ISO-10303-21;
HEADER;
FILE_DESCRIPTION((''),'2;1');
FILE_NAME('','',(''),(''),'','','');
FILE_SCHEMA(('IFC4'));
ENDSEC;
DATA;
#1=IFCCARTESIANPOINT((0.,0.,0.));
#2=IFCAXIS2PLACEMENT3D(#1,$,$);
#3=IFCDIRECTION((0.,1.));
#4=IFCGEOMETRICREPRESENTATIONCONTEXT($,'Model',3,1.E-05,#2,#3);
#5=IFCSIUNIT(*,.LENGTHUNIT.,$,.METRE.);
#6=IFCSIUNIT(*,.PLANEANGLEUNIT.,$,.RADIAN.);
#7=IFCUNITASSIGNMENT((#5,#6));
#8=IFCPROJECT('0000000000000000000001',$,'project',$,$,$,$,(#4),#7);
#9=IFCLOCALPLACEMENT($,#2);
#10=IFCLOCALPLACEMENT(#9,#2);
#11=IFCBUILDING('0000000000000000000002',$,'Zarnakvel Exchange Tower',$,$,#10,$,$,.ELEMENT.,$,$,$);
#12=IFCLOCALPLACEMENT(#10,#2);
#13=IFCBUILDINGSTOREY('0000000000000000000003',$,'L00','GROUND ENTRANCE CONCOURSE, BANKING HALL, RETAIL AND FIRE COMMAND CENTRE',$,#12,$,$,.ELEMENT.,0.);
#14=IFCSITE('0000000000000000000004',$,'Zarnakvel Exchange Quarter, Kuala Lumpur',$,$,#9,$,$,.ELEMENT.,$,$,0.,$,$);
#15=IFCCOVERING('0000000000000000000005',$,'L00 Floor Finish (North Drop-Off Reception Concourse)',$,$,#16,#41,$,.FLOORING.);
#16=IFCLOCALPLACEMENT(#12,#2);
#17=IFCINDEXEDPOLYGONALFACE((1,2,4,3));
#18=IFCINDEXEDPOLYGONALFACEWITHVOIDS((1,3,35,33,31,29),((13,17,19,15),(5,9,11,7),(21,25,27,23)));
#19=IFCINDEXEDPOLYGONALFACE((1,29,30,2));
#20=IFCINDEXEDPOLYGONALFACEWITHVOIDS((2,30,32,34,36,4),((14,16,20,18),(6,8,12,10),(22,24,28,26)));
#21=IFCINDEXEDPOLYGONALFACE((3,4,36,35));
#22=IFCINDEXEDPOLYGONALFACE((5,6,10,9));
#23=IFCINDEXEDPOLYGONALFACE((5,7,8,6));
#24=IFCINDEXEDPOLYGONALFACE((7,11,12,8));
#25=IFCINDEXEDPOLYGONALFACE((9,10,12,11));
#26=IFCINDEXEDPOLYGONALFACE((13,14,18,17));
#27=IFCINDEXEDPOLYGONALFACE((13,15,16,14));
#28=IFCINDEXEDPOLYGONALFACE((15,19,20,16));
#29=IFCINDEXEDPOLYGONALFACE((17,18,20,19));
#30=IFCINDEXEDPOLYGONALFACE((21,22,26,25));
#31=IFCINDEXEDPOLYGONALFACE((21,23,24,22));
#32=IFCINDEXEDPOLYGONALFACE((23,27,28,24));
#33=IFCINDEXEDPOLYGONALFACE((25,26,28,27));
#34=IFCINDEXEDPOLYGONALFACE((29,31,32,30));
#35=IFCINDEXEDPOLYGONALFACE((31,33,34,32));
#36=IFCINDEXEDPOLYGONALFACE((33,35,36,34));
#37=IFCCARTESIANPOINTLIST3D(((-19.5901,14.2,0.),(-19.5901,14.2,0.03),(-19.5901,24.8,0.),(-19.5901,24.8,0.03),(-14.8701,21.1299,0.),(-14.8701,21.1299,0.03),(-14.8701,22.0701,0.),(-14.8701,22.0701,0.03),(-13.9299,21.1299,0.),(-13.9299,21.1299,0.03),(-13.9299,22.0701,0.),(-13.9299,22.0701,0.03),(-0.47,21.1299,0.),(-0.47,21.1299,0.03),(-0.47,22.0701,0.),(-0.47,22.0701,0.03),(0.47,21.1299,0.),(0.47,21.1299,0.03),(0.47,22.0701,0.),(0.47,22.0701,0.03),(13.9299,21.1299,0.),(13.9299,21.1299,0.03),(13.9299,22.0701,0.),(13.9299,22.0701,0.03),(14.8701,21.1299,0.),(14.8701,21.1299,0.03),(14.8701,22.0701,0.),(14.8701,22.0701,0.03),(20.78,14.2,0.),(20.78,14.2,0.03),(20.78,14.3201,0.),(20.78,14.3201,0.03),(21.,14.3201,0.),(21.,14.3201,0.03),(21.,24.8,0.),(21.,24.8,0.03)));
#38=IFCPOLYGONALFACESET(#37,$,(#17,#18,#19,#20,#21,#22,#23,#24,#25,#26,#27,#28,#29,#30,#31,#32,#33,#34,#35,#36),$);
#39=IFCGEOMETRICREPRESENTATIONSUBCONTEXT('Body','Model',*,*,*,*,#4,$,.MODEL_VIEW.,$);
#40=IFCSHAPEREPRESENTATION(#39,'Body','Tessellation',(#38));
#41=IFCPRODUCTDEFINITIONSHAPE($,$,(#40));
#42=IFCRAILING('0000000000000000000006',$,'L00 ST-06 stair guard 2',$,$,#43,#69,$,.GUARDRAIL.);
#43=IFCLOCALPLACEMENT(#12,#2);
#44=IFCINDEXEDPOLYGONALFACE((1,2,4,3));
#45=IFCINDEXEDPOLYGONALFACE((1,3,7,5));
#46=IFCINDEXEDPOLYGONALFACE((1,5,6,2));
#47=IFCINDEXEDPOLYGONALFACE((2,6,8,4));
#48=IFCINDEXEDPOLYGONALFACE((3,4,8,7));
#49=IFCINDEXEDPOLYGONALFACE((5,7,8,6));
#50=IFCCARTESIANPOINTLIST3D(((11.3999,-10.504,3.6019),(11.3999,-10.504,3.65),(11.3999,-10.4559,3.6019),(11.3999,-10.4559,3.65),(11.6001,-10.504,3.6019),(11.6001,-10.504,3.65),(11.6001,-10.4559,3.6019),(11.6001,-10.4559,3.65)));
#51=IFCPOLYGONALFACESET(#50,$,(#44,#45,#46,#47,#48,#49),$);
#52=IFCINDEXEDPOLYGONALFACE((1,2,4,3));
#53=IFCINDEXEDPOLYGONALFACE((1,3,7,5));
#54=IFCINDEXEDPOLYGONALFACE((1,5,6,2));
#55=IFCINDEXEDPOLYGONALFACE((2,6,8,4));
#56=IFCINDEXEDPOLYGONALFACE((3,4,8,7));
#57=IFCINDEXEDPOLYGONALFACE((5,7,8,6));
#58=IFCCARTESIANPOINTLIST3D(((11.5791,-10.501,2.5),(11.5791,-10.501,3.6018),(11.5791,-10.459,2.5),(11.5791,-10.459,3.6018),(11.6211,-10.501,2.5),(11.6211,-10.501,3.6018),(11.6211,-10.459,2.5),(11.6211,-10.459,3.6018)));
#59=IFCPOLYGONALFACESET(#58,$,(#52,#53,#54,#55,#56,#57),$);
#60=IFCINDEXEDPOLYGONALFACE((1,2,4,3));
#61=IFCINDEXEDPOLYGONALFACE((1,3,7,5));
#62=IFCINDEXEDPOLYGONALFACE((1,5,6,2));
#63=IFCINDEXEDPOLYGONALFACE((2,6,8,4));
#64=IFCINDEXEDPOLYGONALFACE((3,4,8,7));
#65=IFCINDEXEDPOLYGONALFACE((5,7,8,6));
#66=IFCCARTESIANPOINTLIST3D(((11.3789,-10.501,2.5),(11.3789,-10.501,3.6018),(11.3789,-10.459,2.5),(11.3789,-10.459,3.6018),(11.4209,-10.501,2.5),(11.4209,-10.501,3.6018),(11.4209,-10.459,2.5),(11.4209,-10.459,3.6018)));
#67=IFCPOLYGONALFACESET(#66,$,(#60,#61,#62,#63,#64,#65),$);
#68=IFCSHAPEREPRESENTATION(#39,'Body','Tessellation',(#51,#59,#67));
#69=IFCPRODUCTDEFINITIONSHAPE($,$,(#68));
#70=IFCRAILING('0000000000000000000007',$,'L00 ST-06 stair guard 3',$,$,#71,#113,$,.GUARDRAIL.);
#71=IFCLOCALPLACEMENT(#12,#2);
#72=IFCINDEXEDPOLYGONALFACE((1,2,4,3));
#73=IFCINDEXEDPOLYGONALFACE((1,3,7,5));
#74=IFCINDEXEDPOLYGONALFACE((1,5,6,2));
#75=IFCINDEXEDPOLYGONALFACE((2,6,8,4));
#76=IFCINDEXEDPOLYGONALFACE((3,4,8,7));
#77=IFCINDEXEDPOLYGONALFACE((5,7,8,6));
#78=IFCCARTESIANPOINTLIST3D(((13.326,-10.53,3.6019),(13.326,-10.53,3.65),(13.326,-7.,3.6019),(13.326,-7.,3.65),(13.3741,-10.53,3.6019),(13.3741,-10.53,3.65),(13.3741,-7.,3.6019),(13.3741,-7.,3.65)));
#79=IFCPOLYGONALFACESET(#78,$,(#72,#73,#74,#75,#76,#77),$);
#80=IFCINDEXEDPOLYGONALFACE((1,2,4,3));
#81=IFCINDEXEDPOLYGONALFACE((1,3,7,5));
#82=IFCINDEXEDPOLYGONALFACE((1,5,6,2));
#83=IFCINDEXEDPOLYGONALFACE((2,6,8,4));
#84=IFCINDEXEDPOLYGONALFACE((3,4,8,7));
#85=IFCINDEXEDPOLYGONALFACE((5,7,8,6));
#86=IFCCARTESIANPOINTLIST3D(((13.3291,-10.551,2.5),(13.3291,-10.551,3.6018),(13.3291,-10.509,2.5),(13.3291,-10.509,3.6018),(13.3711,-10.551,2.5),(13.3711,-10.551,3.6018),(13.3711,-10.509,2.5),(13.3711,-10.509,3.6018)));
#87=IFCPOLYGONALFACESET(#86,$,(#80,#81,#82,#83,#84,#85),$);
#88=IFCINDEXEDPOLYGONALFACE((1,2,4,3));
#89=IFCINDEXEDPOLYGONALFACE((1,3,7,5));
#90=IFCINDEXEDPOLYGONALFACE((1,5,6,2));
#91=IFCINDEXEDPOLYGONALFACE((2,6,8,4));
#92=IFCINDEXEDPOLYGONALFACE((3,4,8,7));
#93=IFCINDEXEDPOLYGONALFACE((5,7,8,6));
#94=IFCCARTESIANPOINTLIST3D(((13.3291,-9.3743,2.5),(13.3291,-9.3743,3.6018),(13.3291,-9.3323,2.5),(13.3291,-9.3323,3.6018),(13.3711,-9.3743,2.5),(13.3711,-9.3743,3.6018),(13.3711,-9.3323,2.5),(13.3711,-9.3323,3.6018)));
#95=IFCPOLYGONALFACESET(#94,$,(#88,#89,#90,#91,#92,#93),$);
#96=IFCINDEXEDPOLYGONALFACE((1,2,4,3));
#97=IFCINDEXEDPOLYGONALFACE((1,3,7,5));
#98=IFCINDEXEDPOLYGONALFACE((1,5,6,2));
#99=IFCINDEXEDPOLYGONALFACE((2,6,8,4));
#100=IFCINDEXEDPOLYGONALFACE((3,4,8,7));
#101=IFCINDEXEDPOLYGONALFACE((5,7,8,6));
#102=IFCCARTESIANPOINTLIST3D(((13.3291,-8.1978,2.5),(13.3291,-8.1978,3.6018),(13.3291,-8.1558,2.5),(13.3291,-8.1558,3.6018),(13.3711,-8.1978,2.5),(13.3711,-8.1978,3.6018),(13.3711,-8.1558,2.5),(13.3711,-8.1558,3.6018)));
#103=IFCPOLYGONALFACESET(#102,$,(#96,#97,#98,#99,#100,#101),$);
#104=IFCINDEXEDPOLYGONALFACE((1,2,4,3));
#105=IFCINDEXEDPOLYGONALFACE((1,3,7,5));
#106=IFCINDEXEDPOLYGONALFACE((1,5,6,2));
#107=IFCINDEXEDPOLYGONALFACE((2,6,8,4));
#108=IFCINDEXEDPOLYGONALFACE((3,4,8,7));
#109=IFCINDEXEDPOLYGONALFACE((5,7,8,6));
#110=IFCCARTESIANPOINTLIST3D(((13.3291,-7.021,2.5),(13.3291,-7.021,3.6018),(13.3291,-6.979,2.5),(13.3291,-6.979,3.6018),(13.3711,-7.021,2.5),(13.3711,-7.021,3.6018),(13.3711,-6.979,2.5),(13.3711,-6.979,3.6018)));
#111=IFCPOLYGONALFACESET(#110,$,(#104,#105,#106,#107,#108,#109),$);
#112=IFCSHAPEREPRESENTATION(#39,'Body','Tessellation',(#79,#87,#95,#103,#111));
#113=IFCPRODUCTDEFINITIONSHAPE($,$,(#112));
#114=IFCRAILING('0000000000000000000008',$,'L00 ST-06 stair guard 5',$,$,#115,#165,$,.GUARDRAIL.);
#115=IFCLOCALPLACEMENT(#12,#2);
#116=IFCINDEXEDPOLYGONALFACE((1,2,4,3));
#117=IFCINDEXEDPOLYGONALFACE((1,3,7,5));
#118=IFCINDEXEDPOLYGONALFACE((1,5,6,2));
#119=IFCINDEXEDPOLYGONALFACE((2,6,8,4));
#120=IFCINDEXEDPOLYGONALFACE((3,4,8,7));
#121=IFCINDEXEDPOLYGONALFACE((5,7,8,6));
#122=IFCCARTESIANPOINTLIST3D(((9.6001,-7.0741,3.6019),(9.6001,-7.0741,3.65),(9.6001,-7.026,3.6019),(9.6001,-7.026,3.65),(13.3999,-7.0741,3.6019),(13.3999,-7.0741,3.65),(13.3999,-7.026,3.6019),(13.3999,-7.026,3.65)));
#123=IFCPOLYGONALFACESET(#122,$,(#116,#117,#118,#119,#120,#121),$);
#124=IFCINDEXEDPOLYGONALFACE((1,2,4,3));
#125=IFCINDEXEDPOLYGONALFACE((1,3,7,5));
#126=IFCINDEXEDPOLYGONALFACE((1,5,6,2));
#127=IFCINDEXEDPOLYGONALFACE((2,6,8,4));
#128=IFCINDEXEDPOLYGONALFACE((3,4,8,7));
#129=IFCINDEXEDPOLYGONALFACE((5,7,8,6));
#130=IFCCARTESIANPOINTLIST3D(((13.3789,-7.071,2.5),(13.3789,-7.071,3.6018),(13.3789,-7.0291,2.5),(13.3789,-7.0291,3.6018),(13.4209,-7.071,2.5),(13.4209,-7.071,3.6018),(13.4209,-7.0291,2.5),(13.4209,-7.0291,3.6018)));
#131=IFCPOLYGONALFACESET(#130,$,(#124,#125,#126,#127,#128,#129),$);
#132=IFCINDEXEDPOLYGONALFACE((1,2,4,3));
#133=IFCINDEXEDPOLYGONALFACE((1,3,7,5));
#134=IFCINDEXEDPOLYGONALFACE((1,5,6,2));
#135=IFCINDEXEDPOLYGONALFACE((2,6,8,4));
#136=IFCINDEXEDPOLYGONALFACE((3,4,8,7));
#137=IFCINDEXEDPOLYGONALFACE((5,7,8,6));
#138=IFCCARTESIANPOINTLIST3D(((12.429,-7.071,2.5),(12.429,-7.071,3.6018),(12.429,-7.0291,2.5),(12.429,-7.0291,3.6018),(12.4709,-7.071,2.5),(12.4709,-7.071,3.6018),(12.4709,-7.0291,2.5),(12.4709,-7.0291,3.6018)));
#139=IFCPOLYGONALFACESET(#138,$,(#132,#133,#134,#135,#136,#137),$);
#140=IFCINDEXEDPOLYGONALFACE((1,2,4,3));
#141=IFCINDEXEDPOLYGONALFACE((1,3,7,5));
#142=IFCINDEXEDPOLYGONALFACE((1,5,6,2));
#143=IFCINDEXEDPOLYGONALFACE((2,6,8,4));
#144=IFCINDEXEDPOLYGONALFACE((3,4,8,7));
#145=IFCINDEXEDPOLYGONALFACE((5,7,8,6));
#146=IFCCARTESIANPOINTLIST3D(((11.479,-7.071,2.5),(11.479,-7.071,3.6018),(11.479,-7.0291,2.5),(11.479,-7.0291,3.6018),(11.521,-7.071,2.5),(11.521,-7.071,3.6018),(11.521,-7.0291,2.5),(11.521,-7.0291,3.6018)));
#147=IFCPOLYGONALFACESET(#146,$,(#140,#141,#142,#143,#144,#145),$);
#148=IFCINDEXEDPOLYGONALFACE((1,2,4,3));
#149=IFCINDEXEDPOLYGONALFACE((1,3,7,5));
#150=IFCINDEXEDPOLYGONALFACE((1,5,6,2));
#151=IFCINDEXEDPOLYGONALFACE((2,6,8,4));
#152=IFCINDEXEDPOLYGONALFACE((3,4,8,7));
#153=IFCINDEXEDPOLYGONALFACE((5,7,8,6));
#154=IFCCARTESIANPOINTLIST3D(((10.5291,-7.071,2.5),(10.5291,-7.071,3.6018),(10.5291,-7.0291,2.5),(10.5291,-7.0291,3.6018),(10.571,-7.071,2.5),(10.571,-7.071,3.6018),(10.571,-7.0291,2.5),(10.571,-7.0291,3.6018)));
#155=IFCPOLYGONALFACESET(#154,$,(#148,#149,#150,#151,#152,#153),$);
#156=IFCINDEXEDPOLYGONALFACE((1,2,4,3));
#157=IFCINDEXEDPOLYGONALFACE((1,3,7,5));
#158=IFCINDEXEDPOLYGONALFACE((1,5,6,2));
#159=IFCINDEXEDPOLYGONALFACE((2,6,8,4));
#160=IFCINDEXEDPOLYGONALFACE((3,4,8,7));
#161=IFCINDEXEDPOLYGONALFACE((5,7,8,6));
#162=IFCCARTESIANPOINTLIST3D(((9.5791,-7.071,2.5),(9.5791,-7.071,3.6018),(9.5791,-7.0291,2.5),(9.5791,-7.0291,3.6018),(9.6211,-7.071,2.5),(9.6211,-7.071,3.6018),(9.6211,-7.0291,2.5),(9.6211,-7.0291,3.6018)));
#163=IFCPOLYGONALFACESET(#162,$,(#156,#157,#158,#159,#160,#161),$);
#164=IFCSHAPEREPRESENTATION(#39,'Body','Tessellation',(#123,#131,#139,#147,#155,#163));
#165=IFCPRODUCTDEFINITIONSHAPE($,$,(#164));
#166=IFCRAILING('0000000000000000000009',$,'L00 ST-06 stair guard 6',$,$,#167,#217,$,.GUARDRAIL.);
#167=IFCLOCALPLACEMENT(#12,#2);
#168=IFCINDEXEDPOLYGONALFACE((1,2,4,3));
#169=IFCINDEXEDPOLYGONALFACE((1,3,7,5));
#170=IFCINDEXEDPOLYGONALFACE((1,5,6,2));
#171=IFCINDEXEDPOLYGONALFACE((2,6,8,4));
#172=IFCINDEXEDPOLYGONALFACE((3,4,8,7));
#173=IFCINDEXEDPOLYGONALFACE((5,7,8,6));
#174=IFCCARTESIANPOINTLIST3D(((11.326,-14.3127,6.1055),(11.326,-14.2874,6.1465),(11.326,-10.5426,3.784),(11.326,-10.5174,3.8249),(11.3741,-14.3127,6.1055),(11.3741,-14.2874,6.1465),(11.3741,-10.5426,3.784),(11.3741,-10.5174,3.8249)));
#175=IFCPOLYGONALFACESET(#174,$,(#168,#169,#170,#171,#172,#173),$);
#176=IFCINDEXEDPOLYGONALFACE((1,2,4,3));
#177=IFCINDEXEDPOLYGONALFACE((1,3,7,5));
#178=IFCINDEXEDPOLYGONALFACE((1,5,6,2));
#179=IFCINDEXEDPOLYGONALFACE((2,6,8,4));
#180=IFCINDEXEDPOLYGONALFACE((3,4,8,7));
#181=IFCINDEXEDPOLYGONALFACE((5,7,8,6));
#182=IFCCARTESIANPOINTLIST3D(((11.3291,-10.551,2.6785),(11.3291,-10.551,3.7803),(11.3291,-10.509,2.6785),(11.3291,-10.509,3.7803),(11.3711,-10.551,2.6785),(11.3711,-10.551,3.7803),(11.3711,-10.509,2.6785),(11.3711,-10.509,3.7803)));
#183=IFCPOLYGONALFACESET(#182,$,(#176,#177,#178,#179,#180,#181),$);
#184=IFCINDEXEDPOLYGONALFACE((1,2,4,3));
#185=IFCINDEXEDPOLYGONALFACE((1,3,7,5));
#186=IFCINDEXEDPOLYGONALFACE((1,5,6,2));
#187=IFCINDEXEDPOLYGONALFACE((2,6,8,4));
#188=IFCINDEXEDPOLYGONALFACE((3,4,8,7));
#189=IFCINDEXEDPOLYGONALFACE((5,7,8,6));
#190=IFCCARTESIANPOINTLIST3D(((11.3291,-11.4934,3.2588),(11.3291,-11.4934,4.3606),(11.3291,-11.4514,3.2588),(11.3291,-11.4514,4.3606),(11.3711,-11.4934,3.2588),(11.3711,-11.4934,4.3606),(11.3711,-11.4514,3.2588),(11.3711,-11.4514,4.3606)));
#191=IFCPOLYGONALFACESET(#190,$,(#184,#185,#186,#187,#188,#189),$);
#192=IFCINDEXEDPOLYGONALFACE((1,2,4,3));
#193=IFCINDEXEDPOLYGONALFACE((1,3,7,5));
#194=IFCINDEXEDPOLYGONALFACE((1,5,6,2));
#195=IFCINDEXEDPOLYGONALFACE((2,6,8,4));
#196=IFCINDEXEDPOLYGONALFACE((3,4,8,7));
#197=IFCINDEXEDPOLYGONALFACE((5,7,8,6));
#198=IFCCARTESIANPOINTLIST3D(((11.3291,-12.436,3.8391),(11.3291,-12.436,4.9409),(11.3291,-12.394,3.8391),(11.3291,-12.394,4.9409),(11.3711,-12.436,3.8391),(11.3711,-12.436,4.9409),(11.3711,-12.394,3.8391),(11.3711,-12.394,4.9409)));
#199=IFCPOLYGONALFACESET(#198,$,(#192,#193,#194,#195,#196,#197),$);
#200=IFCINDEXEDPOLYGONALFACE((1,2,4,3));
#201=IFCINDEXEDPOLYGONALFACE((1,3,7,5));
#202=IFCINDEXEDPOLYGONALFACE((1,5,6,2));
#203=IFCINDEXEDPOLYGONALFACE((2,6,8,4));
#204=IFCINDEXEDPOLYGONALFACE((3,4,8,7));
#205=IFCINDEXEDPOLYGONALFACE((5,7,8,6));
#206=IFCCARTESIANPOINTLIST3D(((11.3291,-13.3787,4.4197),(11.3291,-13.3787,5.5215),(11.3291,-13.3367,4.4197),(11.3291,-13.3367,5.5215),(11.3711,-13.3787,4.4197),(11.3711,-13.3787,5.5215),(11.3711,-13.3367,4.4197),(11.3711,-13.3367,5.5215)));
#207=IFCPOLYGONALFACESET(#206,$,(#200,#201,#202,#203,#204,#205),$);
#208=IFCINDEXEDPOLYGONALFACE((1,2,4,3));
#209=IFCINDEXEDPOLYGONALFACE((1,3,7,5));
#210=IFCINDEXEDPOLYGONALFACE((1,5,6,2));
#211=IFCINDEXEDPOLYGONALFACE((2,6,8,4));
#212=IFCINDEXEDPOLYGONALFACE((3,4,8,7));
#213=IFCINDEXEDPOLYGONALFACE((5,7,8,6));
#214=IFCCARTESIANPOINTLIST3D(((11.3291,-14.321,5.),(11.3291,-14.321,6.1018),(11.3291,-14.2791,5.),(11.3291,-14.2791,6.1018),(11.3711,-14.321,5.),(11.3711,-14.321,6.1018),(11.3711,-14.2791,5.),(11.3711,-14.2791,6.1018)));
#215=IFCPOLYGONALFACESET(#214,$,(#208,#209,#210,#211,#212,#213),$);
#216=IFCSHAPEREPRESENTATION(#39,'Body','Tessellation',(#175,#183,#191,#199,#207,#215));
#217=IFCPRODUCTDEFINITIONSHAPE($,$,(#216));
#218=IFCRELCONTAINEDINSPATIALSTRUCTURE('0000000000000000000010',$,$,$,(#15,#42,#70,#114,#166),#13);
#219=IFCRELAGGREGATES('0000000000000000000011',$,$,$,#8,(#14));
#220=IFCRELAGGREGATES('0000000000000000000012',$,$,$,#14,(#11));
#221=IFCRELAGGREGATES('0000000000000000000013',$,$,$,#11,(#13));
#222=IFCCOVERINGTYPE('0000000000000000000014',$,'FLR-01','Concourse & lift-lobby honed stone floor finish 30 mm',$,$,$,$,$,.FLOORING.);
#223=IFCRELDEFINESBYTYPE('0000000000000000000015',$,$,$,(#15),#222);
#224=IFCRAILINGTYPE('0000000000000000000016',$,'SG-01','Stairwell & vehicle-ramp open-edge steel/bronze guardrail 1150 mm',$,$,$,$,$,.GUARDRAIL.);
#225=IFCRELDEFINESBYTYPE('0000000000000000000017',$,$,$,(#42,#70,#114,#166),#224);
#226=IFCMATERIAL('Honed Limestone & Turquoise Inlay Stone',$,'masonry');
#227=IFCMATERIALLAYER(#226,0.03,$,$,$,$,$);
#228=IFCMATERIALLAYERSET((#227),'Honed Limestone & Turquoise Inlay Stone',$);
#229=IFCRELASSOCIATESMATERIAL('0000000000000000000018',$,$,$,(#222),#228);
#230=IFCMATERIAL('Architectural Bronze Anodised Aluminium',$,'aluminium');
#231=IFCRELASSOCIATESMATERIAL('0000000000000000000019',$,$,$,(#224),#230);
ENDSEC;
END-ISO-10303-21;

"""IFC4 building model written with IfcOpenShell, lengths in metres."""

from ifc_helpers import new_model, si_unit, direction, frame, origin, origin_2d, place, context, subcontext, project, spatial, polyline, rectangle, outline, extrude, material, layer, layer_set, type_object, element, save


model = new_model("IFC4")

# Units and contexts
model_context = context("Model", 3, precision=1e-05, world=origin(), true_north=direction((0.0, 1.0)))
body_context = subcontext(model_context, "Body", "Model", "MODEL_VIEW")
ifc_project = project(units=[si_unit("LENGTHUNIT", "METRE"), si_unit("PLANEANGLEUNIT", "RADIAN")], contexts=[model_context])

# Site, building, storey
site_placement = place(None, origin())
site = spatial("IfcSite", under=ifc_project, at=site_placement, Name="Zarnakvel Exchange Quarter, Kuala Lumpur", CompositionType="ELEMENT", RefElevation=0.0)
building_placement = place(site_placement, origin())
building = spatial("IfcBuilding", under=site, at=building_placement, Name="Zarnakvel Exchange Tower", CompositionType="ELEMENT")
storey_placement = place(building_placement, origin())
storey = spatial("IfcBuildingStorey", under=building, at=storey_placement, Name="L00", Description="GROUND ENTRANCE CONCOURSE, BANKING HALL, RETAIL AND FIRE COMMAND CENTRE", CompositionType="ELEMENT", Elevation=0.0)

# Covering
ifc_material_1 = material(Name="Honed Limestone & Turquoise Inlay Stone", Category="masonry")
ifc_layer_1 = layer(ifc_material_1, 0.03)
ifc_layer_set_1 = layer_set([ifc_layer_1], Name="Honed Limestone & Turquoise Inlay Stone")
covering_type_1 = type_object("IfcCoveringType", Name="FLR-01", Description="Concourse & lift-lobby honed stone floor finish 30 mm", PredefinedType="FLOORING", material=ifc_layer_set_1)
covering_1_placement = place(storey_placement, origin())
element("IfcCovering", 1, at=covering_1_placement, inside=storey, type_object=covering_type_1, Name="L00 Floor Finish (North Drop-Off Reception Concourse)", PredefinedType="FLOORING", context=body_context, shape_type="SweptSolid", body=[
    extrude(outline(polyline([(21.0, 24.8), (21.0, 14.3201), (20.78, 14.3201), (20.78, 14.2), (-19.5901, 14.2), (-19.5901, 24.8), (21.0, 24.8)]), holes=[polyline([(13.9299, 21.1299), (14.8701, 21.1299), (14.8701, 22.0701), (13.9299, 22.0701), (13.9299, 21.1299)]), polyline([(-0.47, 21.1299), (0.47, 21.1299), (0.47, 22.0701), (-0.47, 22.0701), (-0.47, 21.1299)]), polyline([(-13.9299, 21.1299), (-13.9299, 22.0701), (-14.8701, 22.0701), (-14.8701, 21.1299), (-13.9299, 21.1299)])]), origin(), (0.0, 0.0, 1.0), 0.03),
])

# Railings
ifc_material_2 = material(Name="Architectural Bronze Anodised Aluminium", Category="aluminium")
railing_type = type_object("IfcRailingType", Name="SG-01", Description="Stairwell & vehicle-ramp open-edge steel/bronze guardrail 1150 mm", PredefinedType="GUARDRAIL", material=ifc_material_2)
railing_1_placement = place(storey_placement, frame((11.6001, -10.48, 2.5)))
element("IfcRailing", 2, at=railing_1_placement, inside=storey, type_object=railing_type, Name="L00 ST-06 stair guard 2", PredefinedType="GUARDRAIL", context=body_context, shape_type="SweptSolid", body=[
    extrude(rectangle(XDim=0.0481, YDim=0.0481, at=origin_2d()), frame((0.0, 0.0, 1.126), z_axis=(-1.0, 0.0, 0.0), x_axis=(0.0, -1.0, 0.0)), (0.0, 0.0, 1.0), 0.2002),
    extrude(rectangle(XDim=0.042, YDim=0.042, at=origin_2d()), origin(), (0.0, 0.0, 1.0), 1.1018),
    extrude(rectangle(XDim=0.042, YDim=0.042, at=origin_2d()), frame((-0.2002, 0.0, 0.0)), (0.0, 0.0, 1.0), 1.1018),
])
railing_2_placement = place(storey_placement, frame((13.3501, -10.53, 2.5)))
element("IfcRailing", 3, at=railing_2_placement, inside=storey, type_object=railing_type, Name="L00 ST-06 stair guard 3", PredefinedType="GUARDRAIL", context=body_context, shape_type="SweptSolid", body=[
    extrude(rectangle(XDim=0.0481, YDim=0.0481, at=origin_2d()), frame((0.0, 0.0, 1.126), z_axis=(0.0, 1.0, 0.0), x_axis=(-1.0, 0.0, 0.0)), (0.0, 0.0, 1.0), 3.53),
    extrude(rectangle(XDim=0.042, YDim=0.042, at=origin_2d()), origin(), (0.0, 0.0, 1.0), 1.1018),
    extrude(rectangle(XDim=0.042, YDim=0.042, at=origin_2d()), frame((0.0, 1.1768, 0.0)), (0.0, 0.0, 1.0), 1.1018),
    extrude(rectangle(XDim=0.042, YDim=0.042, at=origin_2d()), frame((0.0, 2.3533, 0.0)), (0.0, 0.0, 1.0), 1.1018),
    extrude(rectangle(XDim=0.042, YDim=0.042, at=origin_2d()), frame((0.0, 3.53, 0.0)), (0.0, 0.0, 1.0), 1.1018),
])
railing_3_placement = place(storey_placement, frame((13.3999, -7.05, 2.5)))
element("IfcRailing", 4, at=railing_3_placement, inside=storey, type_object=railing_type, Name="L00 ST-06 stair guard 5", PredefinedType="GUARDRAIL", context=body_context, shape_type="SweptSolid", body=[
    extrude(rectangle(XDim=0.0481, YDim=0.0481, at=origin_2d()), frame((0.0, 0.0, 1.126), z_axis=(-1.0, 0.0, 0.0), x_axis=(0.0, -1.0, 0.0)), (0.0, 0.0, 1.0), 3.7998),
    extrude(rectangle(XDim=0.042, YDim=0.042, at=origin_2d()), origin(), (0.0, 0.0, 1.0), 1.1018),
    extrude(rectangle(XDim=0.042, YDim=0.042, at=origin_2d()), frame((-0.95, 0.0, 0.0)), (0.0, 0.0, 1.0), 1.1018),
    extrude(rectangle(XDim=0.042, YDim=0.042, at=origin_2d()), frame((-1.8999, 0.0, 0.0)), (0.0, 0.0, 1.0), 1.1018),
    extrude(rectangle(XDim=0.042, YDim=0.042, at=origin_2d()), frame((-2.8499, 0.0, 0.0)), (0.0, 0.0, 1.0), 1.1018),
    extrude(rectangle(XDim=0.042, YDim=0.042, at=origin_2d()), frame((-3.7998, 0.0, 0.0)), (0.0, 0.0, 1.0), 1.1018),
])
railing_4_placement = place(storey_placement, frame((11.3501, -10.53, 2.6785)))
element("IfcRailing", 5, at=railing_4_placement, inside=storey, type_object=railing_type, Name="L00 ST-06 stair guard 6", PredefinedType="GUARDRAIL", context=body_context, shape_type="SweptSolid", body=[
    extrude(rectangle(XDim=0.0481, YDim=0.0481, at=origin_2d()), frame((0.0, 0.0, 1.126), z_axis=(0.0, -0.851505, 0.524347), x_axis=(1.0, 0.0, 0.0)), (0.0, 0.0, 1.0), 4.4275),
    extrude(rectangle(XDim=0.042, YDim=0.042, at=origin_2d()), origin(), (0.0, 0.0, 1.0), 1.1018),
    extrude(rectangle(XDim=0.042, YDim=0.042, at=origin_2d()), frame((0.0, -0.9424, 0.5803)), (0.0, 0.0, 1.0), 1.1018),
    extrude(rectangle(XDim=0.042, YDim=0.042, at=origin_2d()), frame((0.0, -1.885, 1.1606)), (0.0, 0.0, 1.0), 1.1018),
    extrude(rectangle(XDim=0.042, YDim=0.042, at=origin_2d()), frame((0.0, -2.8276, 1.7412)), (0.0, 0.0, 1.0), 1.1018),
    extrude(rectangle(XDim=0.042, YDim=0.042, at=origin_2d()), frame((0.0, -3.77, 2.3215)), (0.0, 0.0, 1.0), 1.1018),
])

save(model, "model.ifc")
